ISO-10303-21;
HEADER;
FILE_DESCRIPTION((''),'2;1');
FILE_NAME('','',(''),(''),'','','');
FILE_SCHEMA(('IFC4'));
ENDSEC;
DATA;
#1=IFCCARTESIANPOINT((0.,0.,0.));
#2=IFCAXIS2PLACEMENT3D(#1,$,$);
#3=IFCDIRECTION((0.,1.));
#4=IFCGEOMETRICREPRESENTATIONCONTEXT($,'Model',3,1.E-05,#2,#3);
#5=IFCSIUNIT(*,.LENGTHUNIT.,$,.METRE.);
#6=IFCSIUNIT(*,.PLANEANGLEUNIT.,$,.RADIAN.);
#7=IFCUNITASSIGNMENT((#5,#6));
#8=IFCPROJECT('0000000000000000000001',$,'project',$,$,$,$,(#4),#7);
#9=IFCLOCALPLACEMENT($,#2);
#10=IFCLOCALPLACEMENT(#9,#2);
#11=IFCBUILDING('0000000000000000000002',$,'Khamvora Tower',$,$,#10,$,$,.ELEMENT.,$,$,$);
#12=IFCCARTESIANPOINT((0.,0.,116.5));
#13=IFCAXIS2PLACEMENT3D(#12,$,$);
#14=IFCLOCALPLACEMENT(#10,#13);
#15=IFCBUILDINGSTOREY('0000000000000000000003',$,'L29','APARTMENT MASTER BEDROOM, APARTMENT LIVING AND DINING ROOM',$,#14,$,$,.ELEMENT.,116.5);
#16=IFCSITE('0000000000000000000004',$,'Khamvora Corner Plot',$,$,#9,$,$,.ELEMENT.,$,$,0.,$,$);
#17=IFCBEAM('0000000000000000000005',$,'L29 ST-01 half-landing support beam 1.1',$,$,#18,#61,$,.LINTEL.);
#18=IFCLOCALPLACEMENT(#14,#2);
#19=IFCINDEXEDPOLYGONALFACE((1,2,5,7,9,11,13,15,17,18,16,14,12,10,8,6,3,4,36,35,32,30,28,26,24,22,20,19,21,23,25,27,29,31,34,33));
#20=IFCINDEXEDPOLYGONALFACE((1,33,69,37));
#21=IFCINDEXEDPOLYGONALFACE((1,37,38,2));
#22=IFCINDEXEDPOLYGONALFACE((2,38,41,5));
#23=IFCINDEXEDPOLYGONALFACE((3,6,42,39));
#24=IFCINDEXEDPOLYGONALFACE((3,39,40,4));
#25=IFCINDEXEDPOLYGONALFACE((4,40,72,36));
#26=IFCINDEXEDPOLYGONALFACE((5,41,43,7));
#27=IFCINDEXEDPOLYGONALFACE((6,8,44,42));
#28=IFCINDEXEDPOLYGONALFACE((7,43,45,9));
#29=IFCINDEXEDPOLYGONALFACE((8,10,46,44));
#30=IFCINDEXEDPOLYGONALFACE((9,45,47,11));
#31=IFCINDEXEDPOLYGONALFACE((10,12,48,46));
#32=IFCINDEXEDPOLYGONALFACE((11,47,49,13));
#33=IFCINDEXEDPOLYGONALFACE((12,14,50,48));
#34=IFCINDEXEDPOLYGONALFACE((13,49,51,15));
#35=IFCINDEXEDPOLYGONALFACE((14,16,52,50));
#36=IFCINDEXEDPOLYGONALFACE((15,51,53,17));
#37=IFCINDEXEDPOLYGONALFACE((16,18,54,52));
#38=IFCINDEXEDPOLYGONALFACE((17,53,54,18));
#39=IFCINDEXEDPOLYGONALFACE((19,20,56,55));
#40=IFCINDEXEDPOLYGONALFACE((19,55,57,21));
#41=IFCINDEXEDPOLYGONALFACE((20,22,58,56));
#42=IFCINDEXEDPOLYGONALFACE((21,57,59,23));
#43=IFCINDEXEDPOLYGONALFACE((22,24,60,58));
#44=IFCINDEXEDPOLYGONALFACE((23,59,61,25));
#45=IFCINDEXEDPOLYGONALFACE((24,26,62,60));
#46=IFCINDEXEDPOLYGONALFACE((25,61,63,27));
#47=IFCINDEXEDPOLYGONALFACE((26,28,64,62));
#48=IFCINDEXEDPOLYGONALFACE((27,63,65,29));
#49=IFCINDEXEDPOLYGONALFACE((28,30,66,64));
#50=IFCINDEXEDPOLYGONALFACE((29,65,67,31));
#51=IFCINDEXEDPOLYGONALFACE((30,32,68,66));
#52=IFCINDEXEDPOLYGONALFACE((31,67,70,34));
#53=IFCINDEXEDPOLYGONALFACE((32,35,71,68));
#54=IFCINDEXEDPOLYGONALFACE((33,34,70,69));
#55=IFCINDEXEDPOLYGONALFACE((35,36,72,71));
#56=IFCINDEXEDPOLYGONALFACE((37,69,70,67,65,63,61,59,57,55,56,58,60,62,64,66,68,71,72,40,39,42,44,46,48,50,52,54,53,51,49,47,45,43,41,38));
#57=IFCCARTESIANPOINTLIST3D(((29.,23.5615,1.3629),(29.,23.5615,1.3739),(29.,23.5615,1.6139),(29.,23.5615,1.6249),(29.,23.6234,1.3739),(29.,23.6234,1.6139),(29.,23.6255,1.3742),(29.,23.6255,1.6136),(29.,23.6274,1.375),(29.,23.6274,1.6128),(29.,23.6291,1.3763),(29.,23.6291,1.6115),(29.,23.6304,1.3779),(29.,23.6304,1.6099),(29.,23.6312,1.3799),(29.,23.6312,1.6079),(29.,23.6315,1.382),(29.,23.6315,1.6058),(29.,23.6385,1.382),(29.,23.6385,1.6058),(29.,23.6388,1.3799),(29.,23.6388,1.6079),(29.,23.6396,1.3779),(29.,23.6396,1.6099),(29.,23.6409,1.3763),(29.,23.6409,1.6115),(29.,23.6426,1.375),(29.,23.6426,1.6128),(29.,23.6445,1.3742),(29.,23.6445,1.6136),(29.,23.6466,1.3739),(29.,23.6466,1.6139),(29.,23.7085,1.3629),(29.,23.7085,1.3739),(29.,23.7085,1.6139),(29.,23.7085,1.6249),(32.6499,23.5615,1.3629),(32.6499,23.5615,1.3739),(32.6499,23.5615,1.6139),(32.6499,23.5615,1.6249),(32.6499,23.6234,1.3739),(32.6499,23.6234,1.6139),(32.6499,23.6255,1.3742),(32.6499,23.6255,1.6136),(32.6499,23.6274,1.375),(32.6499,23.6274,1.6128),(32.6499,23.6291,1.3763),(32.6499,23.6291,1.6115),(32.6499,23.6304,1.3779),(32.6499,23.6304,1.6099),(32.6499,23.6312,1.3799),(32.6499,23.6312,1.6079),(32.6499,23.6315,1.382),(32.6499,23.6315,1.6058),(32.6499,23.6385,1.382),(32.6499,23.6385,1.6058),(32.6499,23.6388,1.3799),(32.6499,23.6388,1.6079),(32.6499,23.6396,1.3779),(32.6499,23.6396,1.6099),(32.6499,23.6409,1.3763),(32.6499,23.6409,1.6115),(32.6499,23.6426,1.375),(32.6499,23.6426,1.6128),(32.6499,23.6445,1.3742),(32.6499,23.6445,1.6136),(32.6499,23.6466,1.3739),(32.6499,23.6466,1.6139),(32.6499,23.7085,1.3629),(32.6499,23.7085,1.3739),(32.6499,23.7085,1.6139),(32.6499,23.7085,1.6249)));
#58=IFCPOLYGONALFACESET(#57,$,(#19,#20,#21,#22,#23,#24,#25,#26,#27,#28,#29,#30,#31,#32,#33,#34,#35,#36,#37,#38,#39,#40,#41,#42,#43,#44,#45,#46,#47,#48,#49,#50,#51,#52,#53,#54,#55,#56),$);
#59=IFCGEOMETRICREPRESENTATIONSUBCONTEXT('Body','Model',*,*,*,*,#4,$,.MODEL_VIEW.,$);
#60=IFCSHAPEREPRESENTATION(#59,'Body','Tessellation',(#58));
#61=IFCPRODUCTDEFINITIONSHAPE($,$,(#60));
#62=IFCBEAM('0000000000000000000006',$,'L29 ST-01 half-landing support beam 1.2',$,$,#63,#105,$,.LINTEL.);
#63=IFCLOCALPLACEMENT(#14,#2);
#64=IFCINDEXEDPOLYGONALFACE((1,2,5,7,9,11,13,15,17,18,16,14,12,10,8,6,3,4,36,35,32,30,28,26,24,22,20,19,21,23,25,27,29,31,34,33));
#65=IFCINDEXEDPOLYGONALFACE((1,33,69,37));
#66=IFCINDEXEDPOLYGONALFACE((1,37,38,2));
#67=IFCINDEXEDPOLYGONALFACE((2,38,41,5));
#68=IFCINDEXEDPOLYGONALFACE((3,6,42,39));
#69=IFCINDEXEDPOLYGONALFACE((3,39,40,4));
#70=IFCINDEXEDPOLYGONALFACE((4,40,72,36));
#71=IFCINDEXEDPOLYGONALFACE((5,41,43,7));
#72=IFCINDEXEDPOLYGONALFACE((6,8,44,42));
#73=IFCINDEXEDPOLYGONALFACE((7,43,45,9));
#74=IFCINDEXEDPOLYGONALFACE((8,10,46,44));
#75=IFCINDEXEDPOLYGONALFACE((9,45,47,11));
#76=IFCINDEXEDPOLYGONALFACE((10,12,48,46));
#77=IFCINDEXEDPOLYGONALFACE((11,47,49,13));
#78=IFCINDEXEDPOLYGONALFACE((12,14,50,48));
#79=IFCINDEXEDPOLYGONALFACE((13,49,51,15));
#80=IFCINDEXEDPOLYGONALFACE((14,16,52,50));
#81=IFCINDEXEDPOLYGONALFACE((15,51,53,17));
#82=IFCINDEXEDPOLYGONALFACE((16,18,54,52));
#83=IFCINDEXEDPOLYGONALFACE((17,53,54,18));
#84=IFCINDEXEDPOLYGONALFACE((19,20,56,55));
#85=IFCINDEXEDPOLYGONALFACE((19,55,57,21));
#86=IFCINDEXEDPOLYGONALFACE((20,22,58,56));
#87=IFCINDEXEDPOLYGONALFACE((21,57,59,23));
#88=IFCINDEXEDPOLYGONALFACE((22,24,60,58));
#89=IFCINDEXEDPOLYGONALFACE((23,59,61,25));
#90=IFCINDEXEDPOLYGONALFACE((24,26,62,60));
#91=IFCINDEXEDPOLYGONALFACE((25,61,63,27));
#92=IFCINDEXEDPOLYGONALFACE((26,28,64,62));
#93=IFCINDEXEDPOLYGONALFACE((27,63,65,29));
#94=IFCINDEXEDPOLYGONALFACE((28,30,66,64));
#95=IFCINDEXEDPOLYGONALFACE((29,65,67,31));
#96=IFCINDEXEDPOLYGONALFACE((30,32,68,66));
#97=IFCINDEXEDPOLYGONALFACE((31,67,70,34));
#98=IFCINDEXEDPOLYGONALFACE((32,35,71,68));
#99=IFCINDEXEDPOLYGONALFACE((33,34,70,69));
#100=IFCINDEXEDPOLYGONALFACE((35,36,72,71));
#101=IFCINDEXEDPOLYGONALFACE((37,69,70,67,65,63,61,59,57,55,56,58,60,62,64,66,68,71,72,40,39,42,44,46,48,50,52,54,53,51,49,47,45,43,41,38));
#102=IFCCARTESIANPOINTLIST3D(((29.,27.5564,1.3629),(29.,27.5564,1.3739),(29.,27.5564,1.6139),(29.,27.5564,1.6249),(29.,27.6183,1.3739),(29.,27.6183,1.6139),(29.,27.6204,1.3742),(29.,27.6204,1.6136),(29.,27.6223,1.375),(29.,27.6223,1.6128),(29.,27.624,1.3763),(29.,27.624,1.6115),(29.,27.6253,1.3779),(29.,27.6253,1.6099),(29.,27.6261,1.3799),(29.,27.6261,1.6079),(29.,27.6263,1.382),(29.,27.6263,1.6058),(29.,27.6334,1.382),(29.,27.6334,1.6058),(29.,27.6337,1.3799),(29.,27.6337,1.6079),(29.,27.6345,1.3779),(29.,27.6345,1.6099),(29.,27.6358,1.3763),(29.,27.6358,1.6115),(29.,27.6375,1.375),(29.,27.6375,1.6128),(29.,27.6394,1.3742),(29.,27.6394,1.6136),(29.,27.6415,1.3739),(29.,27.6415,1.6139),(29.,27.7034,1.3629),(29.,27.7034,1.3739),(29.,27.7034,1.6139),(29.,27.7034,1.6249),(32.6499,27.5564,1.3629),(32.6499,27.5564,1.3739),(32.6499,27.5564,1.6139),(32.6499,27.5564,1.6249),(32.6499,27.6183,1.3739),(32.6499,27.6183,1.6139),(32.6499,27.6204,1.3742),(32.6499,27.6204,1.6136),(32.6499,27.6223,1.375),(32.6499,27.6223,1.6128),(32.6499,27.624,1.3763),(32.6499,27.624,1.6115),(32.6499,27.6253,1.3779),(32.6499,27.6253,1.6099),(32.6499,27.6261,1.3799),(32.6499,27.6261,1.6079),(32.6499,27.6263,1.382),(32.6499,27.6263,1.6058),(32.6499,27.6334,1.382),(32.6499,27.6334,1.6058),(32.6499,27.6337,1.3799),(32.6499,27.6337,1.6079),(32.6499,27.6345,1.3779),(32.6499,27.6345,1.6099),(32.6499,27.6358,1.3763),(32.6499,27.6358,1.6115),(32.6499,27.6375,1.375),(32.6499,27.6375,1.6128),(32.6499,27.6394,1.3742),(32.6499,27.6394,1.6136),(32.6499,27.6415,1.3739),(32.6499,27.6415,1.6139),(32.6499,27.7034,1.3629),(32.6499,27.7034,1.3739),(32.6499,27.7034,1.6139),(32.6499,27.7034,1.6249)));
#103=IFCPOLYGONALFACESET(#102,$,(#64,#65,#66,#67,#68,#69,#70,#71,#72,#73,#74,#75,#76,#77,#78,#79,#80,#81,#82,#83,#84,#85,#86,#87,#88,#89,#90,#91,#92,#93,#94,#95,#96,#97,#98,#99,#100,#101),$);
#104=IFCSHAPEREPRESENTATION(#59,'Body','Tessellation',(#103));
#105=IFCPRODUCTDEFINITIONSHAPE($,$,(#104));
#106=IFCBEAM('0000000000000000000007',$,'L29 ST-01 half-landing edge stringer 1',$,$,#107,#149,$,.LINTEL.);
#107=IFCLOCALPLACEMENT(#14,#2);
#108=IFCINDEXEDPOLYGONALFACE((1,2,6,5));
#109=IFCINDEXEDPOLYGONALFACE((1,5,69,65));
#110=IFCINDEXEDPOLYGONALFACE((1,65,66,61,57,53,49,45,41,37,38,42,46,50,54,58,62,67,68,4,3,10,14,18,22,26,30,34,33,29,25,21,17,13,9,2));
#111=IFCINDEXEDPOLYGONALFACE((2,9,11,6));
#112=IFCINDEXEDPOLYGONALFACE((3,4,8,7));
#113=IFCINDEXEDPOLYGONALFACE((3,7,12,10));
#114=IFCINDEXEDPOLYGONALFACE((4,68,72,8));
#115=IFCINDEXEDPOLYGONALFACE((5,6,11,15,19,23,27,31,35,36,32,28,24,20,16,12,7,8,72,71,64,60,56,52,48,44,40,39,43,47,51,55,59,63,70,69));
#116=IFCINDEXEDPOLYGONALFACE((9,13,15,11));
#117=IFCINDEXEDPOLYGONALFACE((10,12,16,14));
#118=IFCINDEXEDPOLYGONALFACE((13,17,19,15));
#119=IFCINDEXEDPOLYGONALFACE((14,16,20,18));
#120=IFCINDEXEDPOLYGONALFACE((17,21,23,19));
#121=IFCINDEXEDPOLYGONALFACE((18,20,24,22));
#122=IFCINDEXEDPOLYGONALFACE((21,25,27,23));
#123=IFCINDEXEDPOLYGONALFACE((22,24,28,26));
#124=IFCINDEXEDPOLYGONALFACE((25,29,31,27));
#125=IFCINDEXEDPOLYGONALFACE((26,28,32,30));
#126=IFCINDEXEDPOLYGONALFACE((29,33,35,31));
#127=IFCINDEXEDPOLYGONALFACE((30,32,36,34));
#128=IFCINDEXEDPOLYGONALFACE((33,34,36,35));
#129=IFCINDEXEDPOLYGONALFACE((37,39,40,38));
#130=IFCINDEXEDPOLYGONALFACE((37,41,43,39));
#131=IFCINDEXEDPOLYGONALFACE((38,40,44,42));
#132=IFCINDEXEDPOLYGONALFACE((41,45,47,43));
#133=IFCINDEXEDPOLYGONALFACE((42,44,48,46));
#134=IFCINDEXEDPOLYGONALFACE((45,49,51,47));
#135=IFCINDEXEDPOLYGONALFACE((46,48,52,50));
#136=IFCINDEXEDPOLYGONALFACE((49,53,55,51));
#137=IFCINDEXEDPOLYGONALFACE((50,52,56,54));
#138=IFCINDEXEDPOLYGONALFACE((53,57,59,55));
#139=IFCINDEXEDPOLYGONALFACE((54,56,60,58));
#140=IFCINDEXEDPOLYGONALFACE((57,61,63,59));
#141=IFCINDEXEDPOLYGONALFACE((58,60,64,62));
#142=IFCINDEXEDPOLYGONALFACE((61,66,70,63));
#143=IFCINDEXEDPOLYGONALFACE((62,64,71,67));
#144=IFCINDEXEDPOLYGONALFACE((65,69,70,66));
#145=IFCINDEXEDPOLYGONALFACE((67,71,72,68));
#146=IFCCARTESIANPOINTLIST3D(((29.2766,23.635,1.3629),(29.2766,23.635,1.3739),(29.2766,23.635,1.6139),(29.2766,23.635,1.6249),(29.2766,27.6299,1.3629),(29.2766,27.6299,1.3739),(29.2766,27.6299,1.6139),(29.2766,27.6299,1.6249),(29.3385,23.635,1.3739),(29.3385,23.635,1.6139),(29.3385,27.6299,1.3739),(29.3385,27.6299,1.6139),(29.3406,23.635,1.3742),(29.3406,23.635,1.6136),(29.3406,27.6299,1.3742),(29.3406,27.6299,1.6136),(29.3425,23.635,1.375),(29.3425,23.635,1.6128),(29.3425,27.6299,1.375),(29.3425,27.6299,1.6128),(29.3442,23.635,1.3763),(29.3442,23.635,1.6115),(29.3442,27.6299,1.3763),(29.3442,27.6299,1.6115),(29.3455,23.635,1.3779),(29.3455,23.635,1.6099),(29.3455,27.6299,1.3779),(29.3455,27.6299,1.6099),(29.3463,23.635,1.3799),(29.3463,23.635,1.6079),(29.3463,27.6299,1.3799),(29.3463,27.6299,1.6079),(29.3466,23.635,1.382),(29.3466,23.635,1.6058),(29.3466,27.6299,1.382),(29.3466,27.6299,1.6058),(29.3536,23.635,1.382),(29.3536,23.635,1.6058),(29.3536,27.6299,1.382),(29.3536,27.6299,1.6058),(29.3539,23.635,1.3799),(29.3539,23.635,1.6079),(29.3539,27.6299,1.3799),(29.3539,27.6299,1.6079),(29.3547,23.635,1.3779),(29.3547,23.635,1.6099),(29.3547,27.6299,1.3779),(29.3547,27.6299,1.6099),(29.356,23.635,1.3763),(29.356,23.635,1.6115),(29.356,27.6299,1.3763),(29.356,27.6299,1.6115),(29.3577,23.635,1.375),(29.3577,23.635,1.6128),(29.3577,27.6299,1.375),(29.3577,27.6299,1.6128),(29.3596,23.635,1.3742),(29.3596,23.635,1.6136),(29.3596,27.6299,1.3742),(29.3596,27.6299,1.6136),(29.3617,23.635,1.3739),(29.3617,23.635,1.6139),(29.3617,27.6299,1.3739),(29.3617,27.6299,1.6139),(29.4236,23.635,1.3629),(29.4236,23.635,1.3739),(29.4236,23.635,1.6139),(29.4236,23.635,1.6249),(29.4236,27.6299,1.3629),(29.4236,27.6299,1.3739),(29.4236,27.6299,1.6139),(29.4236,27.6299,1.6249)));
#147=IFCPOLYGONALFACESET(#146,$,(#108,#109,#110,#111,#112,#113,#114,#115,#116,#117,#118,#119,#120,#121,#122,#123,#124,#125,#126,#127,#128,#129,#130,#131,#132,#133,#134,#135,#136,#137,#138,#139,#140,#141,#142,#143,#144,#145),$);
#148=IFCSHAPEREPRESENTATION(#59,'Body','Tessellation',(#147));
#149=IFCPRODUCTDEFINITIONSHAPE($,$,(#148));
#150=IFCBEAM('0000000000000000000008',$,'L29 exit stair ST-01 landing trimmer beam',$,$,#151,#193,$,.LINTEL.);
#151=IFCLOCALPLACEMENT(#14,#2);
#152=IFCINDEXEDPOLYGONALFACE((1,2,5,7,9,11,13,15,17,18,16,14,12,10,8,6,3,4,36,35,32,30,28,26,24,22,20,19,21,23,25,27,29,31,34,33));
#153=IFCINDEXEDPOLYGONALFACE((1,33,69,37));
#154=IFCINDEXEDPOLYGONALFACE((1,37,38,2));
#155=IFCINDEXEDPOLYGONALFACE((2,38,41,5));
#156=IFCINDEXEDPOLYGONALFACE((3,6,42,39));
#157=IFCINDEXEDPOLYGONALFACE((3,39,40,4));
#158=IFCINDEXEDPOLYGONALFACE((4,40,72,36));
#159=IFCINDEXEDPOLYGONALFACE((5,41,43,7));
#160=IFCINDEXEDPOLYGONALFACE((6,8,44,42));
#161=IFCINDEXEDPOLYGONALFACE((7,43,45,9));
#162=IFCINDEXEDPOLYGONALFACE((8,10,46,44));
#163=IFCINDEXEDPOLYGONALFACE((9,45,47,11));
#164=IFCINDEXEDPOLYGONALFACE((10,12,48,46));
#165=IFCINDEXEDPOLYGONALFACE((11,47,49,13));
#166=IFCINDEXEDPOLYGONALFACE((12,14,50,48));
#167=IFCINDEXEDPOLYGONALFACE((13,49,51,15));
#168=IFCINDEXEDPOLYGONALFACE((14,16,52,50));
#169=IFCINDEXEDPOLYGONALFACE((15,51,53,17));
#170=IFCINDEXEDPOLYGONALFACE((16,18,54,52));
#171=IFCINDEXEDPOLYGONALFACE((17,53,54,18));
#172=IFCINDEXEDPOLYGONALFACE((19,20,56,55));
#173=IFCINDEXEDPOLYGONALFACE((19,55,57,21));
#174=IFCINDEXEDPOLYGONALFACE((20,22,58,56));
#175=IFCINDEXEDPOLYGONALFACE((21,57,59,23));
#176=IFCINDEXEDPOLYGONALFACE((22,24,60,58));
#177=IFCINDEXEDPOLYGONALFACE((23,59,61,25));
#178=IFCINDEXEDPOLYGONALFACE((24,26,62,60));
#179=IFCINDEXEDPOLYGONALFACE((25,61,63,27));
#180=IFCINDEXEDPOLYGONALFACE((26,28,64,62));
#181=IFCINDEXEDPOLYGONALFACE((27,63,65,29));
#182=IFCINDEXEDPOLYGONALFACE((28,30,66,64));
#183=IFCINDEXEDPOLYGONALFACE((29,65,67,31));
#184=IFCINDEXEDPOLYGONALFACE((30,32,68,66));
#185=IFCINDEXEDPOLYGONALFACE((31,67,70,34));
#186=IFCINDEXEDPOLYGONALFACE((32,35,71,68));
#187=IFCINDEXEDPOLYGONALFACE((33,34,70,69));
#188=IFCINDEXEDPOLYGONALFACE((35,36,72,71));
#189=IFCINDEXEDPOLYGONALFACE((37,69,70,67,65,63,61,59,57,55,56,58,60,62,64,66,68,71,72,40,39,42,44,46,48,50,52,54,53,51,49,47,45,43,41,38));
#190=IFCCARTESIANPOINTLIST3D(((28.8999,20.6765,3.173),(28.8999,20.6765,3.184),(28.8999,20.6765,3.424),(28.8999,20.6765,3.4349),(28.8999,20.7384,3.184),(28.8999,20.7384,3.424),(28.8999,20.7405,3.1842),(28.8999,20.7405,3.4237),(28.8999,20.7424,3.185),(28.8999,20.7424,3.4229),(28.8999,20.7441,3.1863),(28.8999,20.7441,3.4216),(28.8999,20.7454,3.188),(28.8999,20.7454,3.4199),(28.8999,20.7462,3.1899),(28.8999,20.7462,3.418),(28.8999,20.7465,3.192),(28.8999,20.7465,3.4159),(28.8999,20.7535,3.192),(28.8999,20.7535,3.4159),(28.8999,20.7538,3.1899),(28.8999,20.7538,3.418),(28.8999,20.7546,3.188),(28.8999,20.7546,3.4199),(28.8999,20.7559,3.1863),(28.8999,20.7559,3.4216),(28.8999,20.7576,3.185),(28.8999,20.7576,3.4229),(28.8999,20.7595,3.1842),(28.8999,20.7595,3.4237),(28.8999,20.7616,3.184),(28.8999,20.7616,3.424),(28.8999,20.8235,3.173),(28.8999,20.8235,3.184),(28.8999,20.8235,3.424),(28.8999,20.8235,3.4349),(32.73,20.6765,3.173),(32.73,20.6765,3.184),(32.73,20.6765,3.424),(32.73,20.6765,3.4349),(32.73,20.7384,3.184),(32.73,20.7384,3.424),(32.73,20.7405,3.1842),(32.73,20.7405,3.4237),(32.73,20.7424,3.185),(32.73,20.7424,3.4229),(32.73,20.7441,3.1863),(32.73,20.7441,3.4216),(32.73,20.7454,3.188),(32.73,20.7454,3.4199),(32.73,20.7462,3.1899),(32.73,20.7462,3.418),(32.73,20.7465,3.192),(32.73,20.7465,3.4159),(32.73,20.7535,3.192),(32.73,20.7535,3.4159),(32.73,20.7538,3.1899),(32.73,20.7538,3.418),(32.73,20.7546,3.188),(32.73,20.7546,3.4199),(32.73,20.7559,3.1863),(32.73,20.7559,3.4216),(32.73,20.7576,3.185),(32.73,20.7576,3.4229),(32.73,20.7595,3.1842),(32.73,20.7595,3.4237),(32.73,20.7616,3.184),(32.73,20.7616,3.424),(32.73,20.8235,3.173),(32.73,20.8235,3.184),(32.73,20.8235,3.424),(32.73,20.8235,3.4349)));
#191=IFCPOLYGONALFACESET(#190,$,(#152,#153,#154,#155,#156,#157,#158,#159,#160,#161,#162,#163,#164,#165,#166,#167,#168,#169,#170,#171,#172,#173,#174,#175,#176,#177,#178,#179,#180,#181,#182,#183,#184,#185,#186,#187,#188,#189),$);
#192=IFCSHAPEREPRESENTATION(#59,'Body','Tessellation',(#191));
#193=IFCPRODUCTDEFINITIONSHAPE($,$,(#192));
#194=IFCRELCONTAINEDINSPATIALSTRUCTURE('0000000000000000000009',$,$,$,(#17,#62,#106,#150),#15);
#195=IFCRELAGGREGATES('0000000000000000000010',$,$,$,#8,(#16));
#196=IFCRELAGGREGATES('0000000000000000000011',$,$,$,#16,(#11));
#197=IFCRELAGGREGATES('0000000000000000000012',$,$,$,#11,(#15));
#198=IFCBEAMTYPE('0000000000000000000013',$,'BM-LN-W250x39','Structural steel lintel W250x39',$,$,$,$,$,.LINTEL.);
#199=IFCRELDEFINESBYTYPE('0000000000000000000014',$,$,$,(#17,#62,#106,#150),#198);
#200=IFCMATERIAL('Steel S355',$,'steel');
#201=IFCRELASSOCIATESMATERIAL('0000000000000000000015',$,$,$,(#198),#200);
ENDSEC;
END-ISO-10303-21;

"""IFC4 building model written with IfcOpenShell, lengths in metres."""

from ifc_helpers import new_model, si_unit, direction, frame, origin, origin_2d, place, context, subcontext, project, spatial, i_section, extrude, material, material_profile, profile_set, type_object, element, save


model = new_model("IFC4")

# Units and contexts
model_context = context("Model", 3, precision=1e-05, world=origin(), true_north=direction((0.0, 1.0)))
body_context = subcontext(model_context, "Body", "Model", "MODEL_VIEW")
ifc_project = project(units=[si_unit("LENGTHUNIT", "METRE"), si_unit("PLANEANGLEUNIT", "RADIAN")], contexts=[model_context])

# Site, building, storey
site_placement = place(None, origin())
site = spatial("IfcSite", under=ifc_project, at=site_placement, Name="Khamvora Corner Plot", CompositionType="ELEMENT", RefElevation=0.0)
building_placement = place(site_placement, origin())
building = spatial("IfcBuilding", under=site, at=building_placement, Name="Khamvora Tower", CompositionType="ELEMENT")
storey_placement = place(building_placement, frame((0.0, 0.0, 116.5)))
storey = spatial("IfcBuildingStorey", under=building, at=storey_placement, Name="L29", Description="APARTMENT MASTER BEDROOM, APARTMENT LIVING AND DINING ROOM", CompositionType="ELEMENT", Elevation=116.5)

# Beams
ifc_material_1 = material(Name="Steel S355", Category="steel")
ifc_material_profile_1 = material_profile(ifc_material_1, i_section(OverallWidth=0.147, OverallDepth=0.262, WebThickness=0.0071, FlangeThickness=0.011, FilletRadius=0.0081, at=origin_2d()), Name="W250x39")
ifc_profile_set_1 = profile_set([ifc_material_profile_1], Name="Steel S355")
beam_type_1 = type_object("IfcBeamType", Name="BM-LN-W250x39", Description="Structural steel lintel W250x39", PredefinedType="LINTEL", material=ifc_profile_set_1)
for number, where, z_axis, x_axis, name in (
    (1, (29.0, 23.635, 1.4939), (1.0, 0.0, 0.0), (0.0, 1.0, 0.0), "L29 ST-01 half-landing support beam 1.1"),
    (2, (29.0, 27.6299, 1.4939), (1.0, 0.0, 0.0), (0.0, 1.0, 0.0), "L29 ST-01 half-landing support beam 1.2"),
):
    element("IfcBeam", number, at=place(storey_placement, frame(where, z_axis=z_axis, x_axis=x_axis)), inside=storey, type_object=beam_type_1, Name=name, PredefinedType="LINTEL", context=body_context, shape_type="SweptSolid", body=[
        extrude(i_section(OverallWidth=0.147, OverallDepth=0.262, WebThickness=0.0071, FlangeThickness=0.011, FilletRadius=0.0081, at=origin_2d()), origin(), (0.0, 0.0, 1.0), 3.6499),
    ])
beam_1_placement = place(storey_placement, frame((29.3501, 23.635, 1.4939), z_axis=(0.0, 1.0, 0.0), x_axis=(-1.0, 0.0, 0.0)))
element("IfcBeam", 3, at=beam_1_placement, inside=storey, type_object=beam_type_1, Name="L29 ST-01 half-landing edge stringer 1", PredefinedType="LINTEL", context=body_context, shape_type="SweptSolid", body=[
    extrude(i_section(OverallWidth=0.147, OverallDepth=0.262, WebThickness=0.0071, FlangeThickness=0.011, FilletRadius=0.0081, at=origin_2d()), origin(), (0.0, 0.0, 1.0), 3.9949),
])
beam_2_placement = place(storey_placement, frame((28.8999, 20.75, 3.304), z_axis=(1.0, 0.0, 0.0), x_axis=(0.0, 1.0, 0.0)))
element("IfcBeam", 4, at=beam_2_placement, inside=storey, type_object=beam_type_1, Name="L29 exit stair ST-01 landing trimmer beam", PredefinedType="LINTEL", context=body_context, shape_type="SweptSolid", body=[
    extrude(i_section(OverallWidth=0.147, OverallDepth=0.262, WebThickness=0.0071, FlangeThickness=0.011, FilletRadius=0.0081, at=origin_2d()), origin(), (0.0, 0.0, 1.0), 3.8301),
])

save(model, "model.ifc")
